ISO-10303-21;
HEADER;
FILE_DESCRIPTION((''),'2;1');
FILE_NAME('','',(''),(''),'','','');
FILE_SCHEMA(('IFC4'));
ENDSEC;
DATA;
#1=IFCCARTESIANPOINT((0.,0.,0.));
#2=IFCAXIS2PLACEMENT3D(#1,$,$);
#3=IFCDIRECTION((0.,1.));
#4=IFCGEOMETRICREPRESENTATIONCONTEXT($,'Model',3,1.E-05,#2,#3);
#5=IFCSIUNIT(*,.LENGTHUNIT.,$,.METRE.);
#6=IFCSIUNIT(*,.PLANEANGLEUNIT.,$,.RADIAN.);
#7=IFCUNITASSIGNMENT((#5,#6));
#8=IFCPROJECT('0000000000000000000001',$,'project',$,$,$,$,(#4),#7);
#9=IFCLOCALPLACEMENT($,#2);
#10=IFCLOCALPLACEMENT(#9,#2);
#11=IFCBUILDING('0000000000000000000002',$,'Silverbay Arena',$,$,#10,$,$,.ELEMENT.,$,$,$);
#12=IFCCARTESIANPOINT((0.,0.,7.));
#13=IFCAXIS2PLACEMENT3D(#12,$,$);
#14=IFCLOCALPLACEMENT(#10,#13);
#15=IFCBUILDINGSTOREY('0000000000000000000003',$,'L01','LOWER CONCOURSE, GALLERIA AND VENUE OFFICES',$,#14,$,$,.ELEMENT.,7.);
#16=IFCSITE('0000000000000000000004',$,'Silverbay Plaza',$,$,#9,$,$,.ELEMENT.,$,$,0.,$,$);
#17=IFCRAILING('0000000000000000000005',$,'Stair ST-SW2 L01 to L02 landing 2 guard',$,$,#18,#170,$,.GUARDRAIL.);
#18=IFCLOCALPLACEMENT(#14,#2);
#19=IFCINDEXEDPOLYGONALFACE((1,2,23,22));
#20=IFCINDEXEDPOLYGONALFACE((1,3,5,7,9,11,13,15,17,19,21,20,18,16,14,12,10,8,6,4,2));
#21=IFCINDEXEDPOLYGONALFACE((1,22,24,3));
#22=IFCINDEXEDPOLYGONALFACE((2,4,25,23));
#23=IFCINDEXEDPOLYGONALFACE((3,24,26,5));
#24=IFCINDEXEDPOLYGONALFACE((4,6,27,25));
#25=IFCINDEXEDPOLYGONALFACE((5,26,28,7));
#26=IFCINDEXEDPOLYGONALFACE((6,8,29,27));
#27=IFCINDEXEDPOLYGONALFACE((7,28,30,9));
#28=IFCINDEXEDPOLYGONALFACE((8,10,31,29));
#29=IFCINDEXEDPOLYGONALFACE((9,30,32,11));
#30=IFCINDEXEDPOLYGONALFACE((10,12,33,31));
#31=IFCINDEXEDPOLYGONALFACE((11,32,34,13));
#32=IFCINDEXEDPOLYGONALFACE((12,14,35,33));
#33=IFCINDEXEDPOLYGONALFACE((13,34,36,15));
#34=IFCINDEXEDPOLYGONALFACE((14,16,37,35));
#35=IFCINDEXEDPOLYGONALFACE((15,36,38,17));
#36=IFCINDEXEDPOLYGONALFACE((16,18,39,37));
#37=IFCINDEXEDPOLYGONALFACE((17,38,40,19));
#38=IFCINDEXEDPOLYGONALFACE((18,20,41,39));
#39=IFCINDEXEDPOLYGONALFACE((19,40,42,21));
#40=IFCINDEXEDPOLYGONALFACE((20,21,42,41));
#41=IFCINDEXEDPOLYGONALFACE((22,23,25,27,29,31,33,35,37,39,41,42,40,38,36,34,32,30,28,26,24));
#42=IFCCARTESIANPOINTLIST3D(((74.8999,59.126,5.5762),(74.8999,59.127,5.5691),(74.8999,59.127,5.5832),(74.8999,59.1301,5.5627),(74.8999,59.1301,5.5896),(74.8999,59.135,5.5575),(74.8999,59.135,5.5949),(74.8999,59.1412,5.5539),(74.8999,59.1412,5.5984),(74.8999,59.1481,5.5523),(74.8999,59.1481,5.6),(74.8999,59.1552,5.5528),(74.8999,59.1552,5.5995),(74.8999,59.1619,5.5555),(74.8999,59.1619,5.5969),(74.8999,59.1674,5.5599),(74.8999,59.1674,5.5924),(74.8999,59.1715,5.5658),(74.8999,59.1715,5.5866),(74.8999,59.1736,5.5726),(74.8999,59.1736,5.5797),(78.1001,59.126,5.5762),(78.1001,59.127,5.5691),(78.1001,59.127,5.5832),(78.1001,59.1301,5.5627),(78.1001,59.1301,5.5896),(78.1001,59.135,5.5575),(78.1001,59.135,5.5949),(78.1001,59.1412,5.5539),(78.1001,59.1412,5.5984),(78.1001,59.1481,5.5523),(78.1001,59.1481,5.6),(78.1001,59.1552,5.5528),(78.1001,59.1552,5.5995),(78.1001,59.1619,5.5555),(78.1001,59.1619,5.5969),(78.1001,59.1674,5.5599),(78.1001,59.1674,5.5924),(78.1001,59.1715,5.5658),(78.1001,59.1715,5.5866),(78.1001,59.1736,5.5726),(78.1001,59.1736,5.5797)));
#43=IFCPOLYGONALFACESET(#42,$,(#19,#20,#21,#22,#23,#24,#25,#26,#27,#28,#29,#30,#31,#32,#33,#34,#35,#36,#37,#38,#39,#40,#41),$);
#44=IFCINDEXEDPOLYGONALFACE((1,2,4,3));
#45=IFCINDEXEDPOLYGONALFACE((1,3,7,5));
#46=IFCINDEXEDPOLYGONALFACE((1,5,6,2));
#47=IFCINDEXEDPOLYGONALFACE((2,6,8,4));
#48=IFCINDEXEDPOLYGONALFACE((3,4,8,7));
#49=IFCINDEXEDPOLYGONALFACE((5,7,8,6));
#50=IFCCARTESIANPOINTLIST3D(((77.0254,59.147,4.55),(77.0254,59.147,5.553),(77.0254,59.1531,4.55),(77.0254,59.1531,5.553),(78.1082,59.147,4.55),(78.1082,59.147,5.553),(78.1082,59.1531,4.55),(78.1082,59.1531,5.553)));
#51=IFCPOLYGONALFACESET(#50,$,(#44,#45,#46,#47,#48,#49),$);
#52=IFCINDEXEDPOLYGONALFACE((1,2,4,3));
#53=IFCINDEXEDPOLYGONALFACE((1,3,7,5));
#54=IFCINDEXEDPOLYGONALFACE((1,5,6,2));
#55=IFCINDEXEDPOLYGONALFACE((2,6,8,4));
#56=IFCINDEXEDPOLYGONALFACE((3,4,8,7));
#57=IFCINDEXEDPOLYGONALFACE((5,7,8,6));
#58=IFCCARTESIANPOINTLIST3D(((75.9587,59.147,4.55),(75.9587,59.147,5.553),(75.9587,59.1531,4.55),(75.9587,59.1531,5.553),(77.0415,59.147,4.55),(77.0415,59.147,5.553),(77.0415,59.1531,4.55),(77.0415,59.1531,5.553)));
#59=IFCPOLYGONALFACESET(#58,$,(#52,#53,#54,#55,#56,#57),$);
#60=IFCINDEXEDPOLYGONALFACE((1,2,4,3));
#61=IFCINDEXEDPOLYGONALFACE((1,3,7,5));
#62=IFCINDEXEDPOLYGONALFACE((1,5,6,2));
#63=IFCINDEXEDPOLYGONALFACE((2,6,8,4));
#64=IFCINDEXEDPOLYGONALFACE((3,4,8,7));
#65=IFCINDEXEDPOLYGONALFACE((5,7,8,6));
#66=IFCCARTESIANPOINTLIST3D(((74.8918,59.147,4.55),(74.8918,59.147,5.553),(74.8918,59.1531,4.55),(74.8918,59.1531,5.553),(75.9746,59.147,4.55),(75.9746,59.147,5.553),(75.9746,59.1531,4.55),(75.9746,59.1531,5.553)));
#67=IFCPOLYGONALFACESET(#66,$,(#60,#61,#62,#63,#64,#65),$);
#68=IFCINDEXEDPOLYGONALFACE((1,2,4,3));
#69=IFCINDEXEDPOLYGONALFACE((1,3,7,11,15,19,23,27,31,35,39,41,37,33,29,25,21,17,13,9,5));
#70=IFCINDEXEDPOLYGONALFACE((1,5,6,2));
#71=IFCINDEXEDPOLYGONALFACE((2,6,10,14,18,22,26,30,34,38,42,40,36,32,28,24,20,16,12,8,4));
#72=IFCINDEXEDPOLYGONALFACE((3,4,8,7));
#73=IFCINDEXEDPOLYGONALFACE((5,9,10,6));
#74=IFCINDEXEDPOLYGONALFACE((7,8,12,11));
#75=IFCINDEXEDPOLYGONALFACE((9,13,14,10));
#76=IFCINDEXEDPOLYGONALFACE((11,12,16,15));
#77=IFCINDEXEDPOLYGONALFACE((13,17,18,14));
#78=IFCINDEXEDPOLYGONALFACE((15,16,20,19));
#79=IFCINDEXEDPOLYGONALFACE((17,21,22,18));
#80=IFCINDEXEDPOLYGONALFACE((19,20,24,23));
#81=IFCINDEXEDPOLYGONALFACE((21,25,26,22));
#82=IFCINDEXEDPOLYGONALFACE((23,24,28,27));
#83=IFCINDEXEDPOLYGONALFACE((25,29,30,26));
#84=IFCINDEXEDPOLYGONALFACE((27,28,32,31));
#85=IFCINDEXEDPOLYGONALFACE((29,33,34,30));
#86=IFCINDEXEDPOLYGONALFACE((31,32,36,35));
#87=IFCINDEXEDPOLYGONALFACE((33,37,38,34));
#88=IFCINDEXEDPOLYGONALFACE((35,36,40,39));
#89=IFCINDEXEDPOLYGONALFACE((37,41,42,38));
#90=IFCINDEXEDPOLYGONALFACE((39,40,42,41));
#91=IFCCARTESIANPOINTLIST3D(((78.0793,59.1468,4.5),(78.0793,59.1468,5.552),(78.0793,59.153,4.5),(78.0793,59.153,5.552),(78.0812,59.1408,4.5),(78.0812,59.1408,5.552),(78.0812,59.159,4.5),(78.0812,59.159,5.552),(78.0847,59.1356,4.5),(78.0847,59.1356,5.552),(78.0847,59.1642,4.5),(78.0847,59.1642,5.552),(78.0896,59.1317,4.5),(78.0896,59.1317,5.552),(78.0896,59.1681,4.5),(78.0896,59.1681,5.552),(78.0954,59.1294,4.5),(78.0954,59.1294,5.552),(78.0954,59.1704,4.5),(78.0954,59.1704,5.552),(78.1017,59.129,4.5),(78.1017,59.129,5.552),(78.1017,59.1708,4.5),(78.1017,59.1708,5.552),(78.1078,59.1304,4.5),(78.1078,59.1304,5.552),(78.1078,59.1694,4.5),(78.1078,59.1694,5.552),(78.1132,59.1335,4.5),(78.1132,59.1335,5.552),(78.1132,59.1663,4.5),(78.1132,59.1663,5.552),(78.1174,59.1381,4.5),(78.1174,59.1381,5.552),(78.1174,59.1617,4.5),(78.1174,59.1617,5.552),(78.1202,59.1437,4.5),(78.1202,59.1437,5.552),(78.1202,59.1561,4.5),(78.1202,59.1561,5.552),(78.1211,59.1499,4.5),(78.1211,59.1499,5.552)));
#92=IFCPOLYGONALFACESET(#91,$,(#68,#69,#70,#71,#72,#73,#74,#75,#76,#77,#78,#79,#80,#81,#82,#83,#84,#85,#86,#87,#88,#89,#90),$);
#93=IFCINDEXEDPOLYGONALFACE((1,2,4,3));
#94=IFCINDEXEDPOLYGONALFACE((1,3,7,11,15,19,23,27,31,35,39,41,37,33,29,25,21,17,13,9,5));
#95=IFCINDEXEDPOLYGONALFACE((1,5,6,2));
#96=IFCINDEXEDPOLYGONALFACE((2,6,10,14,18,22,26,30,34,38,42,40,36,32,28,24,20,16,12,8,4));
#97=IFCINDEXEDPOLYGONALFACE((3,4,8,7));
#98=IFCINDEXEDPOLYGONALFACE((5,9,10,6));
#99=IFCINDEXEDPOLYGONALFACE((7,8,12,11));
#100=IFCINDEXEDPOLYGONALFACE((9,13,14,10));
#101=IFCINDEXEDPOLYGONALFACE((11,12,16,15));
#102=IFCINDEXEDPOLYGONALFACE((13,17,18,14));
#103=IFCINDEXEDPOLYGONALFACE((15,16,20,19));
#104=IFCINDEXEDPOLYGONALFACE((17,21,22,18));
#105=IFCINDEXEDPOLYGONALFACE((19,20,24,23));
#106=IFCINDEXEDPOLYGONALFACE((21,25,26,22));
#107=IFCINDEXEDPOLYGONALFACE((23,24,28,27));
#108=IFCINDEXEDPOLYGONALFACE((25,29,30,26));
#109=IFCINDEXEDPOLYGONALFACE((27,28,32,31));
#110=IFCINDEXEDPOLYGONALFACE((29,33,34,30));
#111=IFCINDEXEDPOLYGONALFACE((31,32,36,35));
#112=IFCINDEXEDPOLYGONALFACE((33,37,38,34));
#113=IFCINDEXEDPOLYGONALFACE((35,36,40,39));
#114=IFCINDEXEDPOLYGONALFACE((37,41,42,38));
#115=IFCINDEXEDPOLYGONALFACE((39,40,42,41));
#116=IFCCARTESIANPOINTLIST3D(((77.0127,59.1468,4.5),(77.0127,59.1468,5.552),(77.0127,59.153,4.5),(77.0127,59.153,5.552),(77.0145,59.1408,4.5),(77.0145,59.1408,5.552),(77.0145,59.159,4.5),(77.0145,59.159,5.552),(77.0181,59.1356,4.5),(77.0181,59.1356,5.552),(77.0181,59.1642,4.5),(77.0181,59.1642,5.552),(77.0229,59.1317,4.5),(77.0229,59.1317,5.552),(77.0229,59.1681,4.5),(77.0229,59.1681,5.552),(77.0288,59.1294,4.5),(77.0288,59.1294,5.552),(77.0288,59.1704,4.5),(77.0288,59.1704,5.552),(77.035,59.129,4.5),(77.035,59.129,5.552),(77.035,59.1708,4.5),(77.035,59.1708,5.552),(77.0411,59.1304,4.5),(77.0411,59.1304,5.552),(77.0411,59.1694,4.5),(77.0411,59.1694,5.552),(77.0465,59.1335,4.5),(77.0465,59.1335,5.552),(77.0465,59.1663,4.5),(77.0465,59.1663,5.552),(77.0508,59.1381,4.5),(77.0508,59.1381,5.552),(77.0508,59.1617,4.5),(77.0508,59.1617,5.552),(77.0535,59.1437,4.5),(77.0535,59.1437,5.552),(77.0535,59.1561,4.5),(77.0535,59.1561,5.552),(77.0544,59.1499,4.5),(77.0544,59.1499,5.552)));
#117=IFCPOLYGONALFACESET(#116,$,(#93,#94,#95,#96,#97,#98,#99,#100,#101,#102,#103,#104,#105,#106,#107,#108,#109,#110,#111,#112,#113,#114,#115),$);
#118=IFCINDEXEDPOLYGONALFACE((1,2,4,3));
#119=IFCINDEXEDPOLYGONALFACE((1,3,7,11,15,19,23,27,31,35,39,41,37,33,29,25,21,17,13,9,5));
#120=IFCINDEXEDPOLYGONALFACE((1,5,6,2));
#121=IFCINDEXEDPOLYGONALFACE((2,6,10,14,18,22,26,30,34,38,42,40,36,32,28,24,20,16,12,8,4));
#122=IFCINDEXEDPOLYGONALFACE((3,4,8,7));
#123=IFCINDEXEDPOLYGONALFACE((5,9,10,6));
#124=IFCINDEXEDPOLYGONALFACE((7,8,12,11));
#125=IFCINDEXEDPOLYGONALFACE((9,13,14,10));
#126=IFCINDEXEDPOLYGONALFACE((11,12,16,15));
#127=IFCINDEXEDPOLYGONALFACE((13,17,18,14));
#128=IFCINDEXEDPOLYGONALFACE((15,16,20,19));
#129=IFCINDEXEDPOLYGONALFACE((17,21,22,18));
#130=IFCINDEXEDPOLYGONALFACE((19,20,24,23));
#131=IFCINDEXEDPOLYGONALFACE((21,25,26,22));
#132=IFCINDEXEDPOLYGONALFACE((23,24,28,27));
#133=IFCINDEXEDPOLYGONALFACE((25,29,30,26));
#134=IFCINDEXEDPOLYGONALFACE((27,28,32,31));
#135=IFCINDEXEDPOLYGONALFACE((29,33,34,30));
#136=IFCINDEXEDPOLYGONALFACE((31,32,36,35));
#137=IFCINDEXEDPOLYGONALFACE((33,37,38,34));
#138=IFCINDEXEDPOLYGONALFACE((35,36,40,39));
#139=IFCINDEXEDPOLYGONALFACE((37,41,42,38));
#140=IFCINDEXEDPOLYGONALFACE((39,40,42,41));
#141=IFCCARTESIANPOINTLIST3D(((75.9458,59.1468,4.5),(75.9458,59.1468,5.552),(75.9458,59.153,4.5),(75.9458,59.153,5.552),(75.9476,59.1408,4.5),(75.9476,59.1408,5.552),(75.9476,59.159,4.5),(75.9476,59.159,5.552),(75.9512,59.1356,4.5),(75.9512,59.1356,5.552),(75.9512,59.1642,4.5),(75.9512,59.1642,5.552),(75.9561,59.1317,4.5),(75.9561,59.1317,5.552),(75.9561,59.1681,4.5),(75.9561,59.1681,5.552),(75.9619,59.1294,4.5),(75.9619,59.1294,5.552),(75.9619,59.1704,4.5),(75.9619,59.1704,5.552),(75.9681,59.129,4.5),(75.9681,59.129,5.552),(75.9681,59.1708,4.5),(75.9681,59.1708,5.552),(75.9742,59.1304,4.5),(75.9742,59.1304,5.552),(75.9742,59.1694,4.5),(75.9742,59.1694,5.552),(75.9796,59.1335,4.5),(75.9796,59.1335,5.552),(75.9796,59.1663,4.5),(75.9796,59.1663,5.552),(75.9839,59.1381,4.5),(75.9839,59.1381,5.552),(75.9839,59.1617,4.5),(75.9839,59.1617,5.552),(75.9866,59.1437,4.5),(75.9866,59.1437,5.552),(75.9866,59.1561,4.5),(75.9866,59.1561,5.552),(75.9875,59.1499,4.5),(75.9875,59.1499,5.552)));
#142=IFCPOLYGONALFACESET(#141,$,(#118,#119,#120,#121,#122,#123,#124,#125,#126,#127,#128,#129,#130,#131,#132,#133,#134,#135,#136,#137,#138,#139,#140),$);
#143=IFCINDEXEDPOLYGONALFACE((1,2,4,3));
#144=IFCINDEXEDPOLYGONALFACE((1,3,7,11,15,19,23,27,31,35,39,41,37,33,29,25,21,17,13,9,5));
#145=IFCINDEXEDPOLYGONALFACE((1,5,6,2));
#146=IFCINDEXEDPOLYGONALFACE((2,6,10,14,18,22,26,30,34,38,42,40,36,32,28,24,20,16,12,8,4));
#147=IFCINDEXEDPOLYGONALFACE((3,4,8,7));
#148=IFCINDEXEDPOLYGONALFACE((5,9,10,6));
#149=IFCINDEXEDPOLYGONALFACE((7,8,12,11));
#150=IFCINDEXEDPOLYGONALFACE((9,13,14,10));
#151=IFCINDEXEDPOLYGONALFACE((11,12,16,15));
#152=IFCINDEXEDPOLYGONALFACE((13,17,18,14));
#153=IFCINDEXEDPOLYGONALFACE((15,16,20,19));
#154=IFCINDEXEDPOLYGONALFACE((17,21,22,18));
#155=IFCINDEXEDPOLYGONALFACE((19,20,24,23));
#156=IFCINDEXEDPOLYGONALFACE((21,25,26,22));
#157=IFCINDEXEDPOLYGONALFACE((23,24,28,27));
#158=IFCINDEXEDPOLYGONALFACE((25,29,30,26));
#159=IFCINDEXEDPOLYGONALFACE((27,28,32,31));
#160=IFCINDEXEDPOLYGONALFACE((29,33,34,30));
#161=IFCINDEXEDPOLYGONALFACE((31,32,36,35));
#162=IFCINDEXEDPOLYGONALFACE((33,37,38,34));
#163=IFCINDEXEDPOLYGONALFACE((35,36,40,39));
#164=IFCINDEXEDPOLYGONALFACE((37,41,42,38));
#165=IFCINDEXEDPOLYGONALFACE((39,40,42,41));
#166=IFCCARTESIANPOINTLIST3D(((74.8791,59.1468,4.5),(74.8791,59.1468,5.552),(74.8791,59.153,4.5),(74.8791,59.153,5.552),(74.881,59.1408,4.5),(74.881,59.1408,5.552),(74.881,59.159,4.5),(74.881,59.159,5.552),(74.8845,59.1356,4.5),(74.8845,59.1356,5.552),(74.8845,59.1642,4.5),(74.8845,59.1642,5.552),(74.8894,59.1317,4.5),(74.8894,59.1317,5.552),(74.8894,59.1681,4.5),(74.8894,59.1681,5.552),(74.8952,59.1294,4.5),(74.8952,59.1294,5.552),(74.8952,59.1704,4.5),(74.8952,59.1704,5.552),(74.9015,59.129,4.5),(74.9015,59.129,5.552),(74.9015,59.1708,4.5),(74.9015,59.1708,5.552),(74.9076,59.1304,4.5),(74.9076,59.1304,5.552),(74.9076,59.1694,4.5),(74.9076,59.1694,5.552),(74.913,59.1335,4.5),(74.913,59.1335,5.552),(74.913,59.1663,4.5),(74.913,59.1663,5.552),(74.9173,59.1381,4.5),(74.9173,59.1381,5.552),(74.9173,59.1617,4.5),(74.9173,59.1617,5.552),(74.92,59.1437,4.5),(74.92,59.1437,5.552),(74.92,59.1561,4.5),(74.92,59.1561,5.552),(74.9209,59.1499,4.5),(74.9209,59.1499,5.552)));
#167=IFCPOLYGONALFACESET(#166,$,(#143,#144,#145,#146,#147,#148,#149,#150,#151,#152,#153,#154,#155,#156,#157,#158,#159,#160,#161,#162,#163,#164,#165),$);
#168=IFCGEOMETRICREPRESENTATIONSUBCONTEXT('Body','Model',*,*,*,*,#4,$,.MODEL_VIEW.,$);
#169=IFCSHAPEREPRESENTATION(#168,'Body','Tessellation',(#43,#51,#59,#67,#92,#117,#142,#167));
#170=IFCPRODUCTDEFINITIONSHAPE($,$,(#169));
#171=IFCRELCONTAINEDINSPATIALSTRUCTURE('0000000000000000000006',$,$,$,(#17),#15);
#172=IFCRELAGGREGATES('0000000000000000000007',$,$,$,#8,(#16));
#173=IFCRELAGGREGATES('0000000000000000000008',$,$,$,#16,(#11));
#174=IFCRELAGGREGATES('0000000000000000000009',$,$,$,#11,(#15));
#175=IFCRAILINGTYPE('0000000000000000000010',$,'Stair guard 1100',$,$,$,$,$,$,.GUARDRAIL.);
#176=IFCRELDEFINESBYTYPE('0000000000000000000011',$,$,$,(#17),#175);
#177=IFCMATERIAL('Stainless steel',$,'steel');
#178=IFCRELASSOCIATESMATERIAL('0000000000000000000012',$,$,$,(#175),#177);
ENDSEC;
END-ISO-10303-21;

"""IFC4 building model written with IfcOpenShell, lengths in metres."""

from ifc_helpers import new_model, si_unit, direction, frame, origin, origin_2d, place, context, subcontext, project, spatial, polyline, circle, outline, extrude, material, type_object, element, save


model = new_model("IFC4")

# Units and contexts
model_context = context("Model", 3, precision=1e-05, world=origin(), true_north=direction((0.0, 1.0)))
body_context = subcontext(model_context, "Body", "Model", "MODEL_VIEW")
ifc_project = project(units=[si_unit("LENGTHUNIT", "METRE"), si_unit("PLANEANGLEUNIT", "RADIAN")], contexts=[model_context])

# Site, building, storey
site_placement = place(None, origin())
site = spatial("IfcSite", under=ifc_project, at=site_placement, Name="Silverbay Plaza", CompositionType="ELEMENT", RefElevation=0.0)
building_placement = place(site_placement, origin())
building = spatial("IfcBuilding", under=site, at=building_placement, Name="Silverbay Arena", CompositionType="ELEMENT")
storey_placement = place(building_placement, frame((0.0, 0.0, 7.0)))
storey = spatial("IfcBuildingStorey", under=building, at=storey_placement, Name="L01", Description="LOWER CONCOURSE, GALLERIA AND VENUE OFFICES", CompositionType="ELEMENT", Elevation=7.0)

# Railing
ifc_material_1 = material(Name="Stainless steel", Category="steel")
railing_type_1 = type_object("IfcRailingType", Name="Stair guard 1100", PredefinedType="GUARDRAIL", material=ifc_material_1)
for number, where, name in (
    (1, (78.1001, 59.1499, 4.5), "Stair ST-SW2 L01 to L02 landing 2 guard"),
):
    element("IfcRailing", number, at=place(storey_placement, frame(where)), inside=storey, type_object=railing_type_1, Name=name, PredefinedType="GUARDRAIL", context=body_context, shape_type="SweptSolid", body=[
        extrude(circle(Radius=0.0239, at=origin_2d()), frame((0.0, 0.0, 1.0762), z_axis=(-1.0, 0.0, 0.0), x_axis=(0.0, -1.0, 0.0)), (0.0, 0.0, 1.0), 3.2002),
        extrude(outline(polyline([(-0.0081, 0.05), (1.0747, 0.05), (1.0747, 1.053), (-0.0081, 1.053), (-0.0081, 0.05)])), frame((0.0, -0.0029, 0.0), z_axis=(0.0, 1.0, 0.0), x_axis=(-1.0, 0.0, 0.0)), (0.0, 0.0, 1.0), 0.0061),
        extrude(outline(polyline([(-0.0081, 0.05), (1.0747, 0.05), (1.0747, 1.053), (-0.0081, 1.053), (-0.0081, 0.05)])), frame((-1.0667, -0.0029, 0.0), z_axis=(0.0, 1.0, 0.0), x_axis=(-1.0, 0.0, 0.0)), (0.0, 0.0, 1.0), 0.0061),
        extrude(outline(polyline([(-0.0081, 0.05), (1.0747, 0.05), (1.0747, 1.053), (-0.0081, 1.053), (-0.0081, 0.05)])), frame((-2.1335, -0.0029, 0.0), z_axis=(0.0, 1.0, 0.0), x_axis=(-1.0, 0.0, 0.0)), (0.0, 0.0, 1.0), 0.0061),
        extrude(circle(Radius=0.021, at=origin_2d()), origin(), (0.0, 0.0, 1.0), 1.052),
        extrude(circle(Radius=0.021, at=origin_2d()), frame((-1.0667, 0.0, 0.0)), (0.0, 0.0, 1.0), 1.052),
        extrude(circle(Radius=0.021, at=origin_2d()), frame((-2.1335, 0.0, 0.0)), (0.0, 0.0, 1.0), 1.052),
        extrude(circle(Radius=0.021, at=origin_2d()), frame((-3.2002, 0.0, 0.0)), (0.0, 0.0, 1.0), 1.052),
    ])

save(model, "model.ifc")
